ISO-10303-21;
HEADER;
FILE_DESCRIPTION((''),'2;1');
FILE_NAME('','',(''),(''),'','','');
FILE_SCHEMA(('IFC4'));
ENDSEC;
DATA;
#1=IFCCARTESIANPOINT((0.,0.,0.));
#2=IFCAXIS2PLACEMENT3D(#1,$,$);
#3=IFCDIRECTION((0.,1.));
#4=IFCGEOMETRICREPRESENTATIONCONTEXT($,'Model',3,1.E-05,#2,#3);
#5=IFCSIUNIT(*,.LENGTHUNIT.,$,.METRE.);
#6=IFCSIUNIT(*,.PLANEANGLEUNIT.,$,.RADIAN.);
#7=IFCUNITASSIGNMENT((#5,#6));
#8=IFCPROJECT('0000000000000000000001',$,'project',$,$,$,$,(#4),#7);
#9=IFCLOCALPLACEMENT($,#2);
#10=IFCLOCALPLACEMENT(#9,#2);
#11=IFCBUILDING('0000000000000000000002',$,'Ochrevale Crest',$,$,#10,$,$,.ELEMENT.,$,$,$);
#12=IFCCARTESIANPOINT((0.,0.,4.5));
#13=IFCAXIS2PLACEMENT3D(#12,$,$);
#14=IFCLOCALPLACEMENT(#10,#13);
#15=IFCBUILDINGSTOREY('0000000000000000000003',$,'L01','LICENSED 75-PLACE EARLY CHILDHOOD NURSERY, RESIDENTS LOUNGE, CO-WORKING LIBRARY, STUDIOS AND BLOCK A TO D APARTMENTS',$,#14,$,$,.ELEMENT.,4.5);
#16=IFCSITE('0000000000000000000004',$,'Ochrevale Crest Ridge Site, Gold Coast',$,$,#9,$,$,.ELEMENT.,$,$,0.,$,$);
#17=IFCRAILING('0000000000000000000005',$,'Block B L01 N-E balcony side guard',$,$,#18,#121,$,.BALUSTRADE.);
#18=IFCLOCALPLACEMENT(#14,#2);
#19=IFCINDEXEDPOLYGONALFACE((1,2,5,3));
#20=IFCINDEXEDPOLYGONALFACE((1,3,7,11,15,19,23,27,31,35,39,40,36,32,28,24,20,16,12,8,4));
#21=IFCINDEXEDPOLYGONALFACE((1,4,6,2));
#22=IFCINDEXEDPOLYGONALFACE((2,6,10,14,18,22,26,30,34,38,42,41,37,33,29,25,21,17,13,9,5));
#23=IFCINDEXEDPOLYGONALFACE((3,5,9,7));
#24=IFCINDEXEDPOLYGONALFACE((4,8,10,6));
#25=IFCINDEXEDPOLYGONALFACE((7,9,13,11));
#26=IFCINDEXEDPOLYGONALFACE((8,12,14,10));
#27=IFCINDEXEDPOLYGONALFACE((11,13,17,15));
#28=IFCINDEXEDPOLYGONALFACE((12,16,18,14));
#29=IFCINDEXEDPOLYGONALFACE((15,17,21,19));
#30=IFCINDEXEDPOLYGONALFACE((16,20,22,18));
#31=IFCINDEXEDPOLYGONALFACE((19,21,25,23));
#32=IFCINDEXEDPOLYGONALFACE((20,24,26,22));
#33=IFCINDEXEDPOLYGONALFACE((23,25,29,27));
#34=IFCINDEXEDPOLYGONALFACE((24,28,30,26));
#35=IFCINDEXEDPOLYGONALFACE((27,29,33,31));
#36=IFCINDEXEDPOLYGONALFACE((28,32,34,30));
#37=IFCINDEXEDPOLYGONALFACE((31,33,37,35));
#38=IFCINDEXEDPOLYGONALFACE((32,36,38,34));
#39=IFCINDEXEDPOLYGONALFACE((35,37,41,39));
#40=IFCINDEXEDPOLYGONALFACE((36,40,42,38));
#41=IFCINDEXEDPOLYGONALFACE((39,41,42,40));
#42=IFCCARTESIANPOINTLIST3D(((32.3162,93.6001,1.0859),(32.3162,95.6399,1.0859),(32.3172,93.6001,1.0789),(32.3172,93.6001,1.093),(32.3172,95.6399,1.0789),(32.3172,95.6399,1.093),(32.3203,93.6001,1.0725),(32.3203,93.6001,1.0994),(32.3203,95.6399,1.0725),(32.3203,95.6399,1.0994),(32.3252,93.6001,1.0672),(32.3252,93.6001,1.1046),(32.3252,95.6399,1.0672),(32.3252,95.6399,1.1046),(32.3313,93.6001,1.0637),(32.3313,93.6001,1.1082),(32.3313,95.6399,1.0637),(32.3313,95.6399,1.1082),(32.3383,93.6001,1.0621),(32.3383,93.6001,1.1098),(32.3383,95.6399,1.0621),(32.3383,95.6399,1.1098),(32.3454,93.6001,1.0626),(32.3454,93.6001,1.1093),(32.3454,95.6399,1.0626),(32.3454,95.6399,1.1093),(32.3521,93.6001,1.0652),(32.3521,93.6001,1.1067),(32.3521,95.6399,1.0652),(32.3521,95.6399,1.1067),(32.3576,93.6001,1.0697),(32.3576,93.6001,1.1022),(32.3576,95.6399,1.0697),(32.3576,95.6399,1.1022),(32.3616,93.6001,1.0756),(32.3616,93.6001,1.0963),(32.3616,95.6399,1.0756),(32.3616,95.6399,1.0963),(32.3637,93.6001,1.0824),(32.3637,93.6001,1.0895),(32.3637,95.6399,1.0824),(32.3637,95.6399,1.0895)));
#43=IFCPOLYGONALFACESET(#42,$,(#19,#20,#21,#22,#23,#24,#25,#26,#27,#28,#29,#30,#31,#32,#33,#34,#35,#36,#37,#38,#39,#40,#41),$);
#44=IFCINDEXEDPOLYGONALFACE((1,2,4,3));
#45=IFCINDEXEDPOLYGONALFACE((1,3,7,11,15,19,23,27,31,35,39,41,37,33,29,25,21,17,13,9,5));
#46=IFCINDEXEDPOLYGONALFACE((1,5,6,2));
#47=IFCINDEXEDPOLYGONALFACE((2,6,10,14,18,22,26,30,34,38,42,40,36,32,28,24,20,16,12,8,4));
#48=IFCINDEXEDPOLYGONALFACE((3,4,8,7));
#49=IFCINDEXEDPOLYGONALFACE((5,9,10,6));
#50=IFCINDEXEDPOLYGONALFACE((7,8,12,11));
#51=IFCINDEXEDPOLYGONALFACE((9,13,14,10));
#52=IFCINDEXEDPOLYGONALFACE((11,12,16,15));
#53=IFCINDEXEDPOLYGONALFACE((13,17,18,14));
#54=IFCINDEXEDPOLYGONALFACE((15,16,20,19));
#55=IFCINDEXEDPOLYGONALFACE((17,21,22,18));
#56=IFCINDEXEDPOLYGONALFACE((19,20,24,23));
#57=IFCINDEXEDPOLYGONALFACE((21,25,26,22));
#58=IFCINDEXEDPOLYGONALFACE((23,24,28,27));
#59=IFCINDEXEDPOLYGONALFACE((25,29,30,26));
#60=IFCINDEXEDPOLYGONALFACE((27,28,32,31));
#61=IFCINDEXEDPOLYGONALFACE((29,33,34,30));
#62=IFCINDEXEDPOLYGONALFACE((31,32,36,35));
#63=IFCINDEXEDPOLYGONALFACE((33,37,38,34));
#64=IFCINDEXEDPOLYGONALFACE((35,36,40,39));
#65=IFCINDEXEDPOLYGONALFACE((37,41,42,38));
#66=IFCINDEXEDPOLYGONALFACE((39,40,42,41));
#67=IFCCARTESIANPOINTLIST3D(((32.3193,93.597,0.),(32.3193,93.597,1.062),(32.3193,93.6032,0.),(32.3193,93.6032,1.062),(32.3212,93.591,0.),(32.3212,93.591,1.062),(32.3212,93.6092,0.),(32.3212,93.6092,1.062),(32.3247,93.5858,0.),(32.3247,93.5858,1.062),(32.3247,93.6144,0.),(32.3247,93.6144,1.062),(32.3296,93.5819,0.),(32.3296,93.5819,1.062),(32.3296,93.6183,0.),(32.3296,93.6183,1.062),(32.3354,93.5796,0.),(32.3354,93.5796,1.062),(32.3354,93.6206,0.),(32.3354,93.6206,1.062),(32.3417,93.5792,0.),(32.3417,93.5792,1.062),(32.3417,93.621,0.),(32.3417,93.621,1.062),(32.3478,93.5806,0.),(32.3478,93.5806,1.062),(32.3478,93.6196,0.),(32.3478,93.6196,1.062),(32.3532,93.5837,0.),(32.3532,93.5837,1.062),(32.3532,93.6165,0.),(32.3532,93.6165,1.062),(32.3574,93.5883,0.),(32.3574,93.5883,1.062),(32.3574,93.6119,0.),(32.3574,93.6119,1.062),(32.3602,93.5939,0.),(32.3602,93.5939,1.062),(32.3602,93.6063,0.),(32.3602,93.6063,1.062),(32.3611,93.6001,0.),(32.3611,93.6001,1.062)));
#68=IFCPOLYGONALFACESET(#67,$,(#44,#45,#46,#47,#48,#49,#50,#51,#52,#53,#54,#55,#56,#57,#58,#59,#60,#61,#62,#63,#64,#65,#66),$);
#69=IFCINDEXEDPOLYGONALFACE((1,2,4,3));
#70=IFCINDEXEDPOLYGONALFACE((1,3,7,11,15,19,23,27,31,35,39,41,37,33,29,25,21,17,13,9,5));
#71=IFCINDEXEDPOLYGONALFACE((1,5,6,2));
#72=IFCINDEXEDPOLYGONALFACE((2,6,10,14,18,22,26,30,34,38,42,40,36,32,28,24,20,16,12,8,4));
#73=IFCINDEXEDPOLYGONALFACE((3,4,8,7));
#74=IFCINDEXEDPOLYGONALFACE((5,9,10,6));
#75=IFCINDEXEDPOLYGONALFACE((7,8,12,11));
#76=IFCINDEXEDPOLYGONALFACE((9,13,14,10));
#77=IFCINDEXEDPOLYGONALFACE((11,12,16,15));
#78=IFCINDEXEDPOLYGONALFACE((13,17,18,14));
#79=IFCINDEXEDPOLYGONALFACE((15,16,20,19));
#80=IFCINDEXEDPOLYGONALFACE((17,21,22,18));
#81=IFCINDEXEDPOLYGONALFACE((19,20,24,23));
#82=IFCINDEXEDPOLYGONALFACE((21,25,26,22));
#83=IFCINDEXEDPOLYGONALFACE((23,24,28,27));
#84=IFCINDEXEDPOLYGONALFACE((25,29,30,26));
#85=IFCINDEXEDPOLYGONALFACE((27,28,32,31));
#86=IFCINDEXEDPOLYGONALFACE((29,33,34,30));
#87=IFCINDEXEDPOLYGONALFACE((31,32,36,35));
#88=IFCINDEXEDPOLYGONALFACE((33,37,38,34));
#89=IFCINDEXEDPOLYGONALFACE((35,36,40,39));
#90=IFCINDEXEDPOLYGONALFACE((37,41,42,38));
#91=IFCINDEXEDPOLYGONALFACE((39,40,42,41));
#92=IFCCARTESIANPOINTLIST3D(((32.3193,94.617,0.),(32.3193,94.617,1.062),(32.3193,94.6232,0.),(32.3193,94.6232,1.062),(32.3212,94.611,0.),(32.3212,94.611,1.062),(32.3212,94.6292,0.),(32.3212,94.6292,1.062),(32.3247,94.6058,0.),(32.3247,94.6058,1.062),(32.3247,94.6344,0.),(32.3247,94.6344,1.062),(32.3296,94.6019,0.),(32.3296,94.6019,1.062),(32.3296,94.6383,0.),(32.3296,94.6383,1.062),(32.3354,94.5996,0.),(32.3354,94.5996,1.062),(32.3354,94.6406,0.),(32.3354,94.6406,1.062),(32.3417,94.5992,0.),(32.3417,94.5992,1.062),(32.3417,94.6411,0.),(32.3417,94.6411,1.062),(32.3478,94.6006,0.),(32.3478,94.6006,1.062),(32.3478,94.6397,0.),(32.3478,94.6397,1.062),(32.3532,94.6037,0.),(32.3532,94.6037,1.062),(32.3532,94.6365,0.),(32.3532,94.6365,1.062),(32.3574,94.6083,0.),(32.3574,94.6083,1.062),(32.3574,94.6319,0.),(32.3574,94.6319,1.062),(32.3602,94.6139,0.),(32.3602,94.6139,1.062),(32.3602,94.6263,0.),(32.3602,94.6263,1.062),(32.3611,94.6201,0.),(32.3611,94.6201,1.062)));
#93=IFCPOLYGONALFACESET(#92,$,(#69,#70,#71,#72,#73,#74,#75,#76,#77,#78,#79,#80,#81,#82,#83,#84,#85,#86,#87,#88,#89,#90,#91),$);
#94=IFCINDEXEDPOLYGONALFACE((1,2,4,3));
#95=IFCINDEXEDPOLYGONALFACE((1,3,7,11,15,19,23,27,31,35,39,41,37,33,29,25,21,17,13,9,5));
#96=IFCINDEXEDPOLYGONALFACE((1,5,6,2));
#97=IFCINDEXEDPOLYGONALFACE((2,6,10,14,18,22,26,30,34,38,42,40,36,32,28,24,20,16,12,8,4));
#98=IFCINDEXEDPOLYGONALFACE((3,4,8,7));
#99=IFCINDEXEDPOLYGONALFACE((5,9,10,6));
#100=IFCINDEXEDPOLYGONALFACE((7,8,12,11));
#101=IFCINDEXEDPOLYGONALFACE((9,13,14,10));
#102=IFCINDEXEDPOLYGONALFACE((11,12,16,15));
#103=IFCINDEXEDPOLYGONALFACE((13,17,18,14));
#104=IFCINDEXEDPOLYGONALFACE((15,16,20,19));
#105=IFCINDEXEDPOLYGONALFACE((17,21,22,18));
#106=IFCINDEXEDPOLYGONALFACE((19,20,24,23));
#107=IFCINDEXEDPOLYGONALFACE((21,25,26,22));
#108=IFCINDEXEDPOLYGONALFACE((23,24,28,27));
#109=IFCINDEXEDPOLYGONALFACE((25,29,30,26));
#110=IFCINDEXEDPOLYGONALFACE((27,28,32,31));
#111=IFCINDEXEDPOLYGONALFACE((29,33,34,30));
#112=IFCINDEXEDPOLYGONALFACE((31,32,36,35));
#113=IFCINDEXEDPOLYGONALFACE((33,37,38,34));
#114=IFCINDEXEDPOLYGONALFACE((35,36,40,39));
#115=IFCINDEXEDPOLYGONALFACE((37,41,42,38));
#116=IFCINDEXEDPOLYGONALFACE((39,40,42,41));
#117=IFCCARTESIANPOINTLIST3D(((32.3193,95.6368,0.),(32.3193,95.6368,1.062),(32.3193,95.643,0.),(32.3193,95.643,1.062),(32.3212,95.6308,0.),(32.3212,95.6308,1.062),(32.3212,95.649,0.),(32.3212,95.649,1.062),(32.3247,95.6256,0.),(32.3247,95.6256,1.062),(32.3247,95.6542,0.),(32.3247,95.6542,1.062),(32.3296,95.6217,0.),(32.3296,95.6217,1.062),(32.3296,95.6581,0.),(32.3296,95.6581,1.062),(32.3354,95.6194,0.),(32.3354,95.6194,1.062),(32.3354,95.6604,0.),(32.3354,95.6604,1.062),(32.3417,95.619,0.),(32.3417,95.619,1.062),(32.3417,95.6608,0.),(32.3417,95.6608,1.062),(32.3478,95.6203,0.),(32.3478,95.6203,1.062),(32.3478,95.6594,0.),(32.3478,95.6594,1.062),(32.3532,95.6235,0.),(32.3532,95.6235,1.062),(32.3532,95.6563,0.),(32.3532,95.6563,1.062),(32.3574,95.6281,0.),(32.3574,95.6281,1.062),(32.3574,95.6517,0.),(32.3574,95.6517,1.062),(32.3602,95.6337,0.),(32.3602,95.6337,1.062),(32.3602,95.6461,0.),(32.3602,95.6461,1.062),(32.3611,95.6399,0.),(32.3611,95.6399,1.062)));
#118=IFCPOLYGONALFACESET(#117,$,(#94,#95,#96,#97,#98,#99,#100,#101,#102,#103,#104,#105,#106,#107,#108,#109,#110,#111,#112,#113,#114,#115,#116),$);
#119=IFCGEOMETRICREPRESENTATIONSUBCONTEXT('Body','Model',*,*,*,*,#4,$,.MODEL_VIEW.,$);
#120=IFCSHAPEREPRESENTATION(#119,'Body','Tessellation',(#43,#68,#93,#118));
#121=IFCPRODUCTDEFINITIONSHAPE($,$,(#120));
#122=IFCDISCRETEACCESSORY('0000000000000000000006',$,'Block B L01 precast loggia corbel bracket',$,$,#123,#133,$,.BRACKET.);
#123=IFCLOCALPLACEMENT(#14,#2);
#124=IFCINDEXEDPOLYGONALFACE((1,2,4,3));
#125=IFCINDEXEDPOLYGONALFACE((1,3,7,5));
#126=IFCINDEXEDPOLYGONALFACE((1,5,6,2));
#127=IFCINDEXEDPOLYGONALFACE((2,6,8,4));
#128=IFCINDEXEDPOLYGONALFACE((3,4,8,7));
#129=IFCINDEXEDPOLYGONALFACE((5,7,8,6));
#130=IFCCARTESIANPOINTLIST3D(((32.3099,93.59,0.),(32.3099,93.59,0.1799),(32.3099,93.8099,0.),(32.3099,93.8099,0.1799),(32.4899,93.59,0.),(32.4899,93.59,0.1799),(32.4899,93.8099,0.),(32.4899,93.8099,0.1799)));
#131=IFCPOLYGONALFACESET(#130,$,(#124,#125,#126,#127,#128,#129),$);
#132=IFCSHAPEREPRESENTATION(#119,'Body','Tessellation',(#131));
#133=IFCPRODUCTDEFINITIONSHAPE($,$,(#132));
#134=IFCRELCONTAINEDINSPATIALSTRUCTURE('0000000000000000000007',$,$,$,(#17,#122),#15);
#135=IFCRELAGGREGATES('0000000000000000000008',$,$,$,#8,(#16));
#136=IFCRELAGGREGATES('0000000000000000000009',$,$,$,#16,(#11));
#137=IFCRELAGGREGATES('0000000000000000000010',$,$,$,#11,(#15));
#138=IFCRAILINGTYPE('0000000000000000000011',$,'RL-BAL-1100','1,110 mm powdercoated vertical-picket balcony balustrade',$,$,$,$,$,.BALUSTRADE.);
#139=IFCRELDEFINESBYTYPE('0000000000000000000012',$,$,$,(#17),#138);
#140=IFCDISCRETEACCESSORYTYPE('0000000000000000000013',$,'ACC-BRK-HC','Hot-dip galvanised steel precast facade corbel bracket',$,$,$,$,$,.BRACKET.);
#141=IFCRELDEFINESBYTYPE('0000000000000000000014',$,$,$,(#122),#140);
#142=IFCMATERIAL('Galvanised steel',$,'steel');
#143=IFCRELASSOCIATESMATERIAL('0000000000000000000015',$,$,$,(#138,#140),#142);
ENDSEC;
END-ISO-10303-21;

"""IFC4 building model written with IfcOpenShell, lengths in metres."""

from ifc_helpers import new_model, si_unit, direction, frame, origin, origin_2d, place, context, subcontext, project, spatial, rectangle, circle, extrude, material, type_object, element, save


model = new_model("IFC4")

# Units and contexts
model_context = context("Model", 3, precision=1e-05, world=origin(), true_north=direction((0.0, 1.0)))
body_context = subcontext(model_context, "Body", "Model", "MODEL_VIEW")
ifc_project = project(units=[si_unit("LENGTHUNIT", "METRE"), si_unit("PLANEANGLEUNIT", "RADIAN")], contexts=[model_context])

# Site, building, storey
site_placement = place(None, origin())
site = spatial("IfcSite", under=ifc_project, at=site_placement, Name="Ochrevale Crest Ridge Site, Gold Coast", CompositionType="ELEMENT", RefElevation=0.0)
building_placement = place(site_placement, origin())
building = spatial("IfcBuilding", under=site, at=building_placement, Name="Ochrevale Crest", CompositionType="ELEMENT")
storey_placement = place(building_placement, frame((0.0, 0.0, 4.5)))
storey = spatial("IfcBuildingStorey", under=building, at=storey_placement, Name="L01", Description="LICENSED 75-PLACE EARLY CHILDHOOD NURSERY, RESIDENTS LOUNGE, CO-WORKING LIBRARY, STUDIOS AND BLOCK A TO D APARTMENTS", CompositionType="ELEMENT", Elevation=4.5)

# Railing
ifc_material_1 = material(Name="Galvanised steel", Category="steel")
railing_type = type_object("IfcRailingType", Name="RL-BAL-1100", Description="1,110 mm powdercoated vertical-picket balcony balustrade", PredefinedType="BALUSTRADE", material=ifc_material_1)
railing_placement = place(storey_placement, frame((32.3401, 93.6001, 0.0)))
element("IfcRailing", 1, at=railing_placement, inside=storey, type_object=railing_type, Name="Block B L01 N-E balcony side guard", PredefinedType="BALUSTRADE", context=body_context, shape_type="SweptSolid", body=[
    extrude(circle(Radius=0.0239, at=origin_2d()), frame((0.0, 0.0, 1.0859), z_axis=(0.0, 1.0, 0.0), x_axis=(-1.0, 0.0, 0.0)), (0.0, 0.0, 1.0), 2.0398),
    extrude(circle(Radius=0.021, at=origin_2d()), origin(), (0.0, 0.0, 1.0), 1.062),
    extrude(circle(Radius=0.021, at=origin_2d()), frame((0.0, 1.02, 0.0)), (0.0, 0.0, 1.0), 1.062),
    extrude(circle(Radius=0.021, at=origin_2d()), frame((0.0, 2.0398, 0.0)), (0.0, 0.0, 1.0), 1.062),
])

# Discrete accessory
discrete_accessory_type = type_object("IfcDiscreteAccessoryType", Name="ACC-BRK-HC", Description="Hot-dip galvanised steel precast facade corbel bracket", PredefinedType="BRACKET", material=ifc_material_1)
discrete_accessory_placement = place(storey_placement, frame((32.3999, 93.7, 0.0), z_axis=(0.0, 0.0, 1.0), x_axis=(1.0, 0.0, 0.0)))
element("IfcDiscreteAccessory", 2, at=discrete_accessory_placement, inside=storey, type_object=discrete_accessory_type, Name="Block B L01 precast loggia corbel bracket", PredefinedType="BRACKET", context=body_context, shape_type="SweptSolid", body=[
    extrude(rectangle(XDim=0.1799, YDim=0.22, at=origin_2d()), origin(), (0.0, 0.0, 1.0), 0.1799),
])

save(model, "model.ifc")
